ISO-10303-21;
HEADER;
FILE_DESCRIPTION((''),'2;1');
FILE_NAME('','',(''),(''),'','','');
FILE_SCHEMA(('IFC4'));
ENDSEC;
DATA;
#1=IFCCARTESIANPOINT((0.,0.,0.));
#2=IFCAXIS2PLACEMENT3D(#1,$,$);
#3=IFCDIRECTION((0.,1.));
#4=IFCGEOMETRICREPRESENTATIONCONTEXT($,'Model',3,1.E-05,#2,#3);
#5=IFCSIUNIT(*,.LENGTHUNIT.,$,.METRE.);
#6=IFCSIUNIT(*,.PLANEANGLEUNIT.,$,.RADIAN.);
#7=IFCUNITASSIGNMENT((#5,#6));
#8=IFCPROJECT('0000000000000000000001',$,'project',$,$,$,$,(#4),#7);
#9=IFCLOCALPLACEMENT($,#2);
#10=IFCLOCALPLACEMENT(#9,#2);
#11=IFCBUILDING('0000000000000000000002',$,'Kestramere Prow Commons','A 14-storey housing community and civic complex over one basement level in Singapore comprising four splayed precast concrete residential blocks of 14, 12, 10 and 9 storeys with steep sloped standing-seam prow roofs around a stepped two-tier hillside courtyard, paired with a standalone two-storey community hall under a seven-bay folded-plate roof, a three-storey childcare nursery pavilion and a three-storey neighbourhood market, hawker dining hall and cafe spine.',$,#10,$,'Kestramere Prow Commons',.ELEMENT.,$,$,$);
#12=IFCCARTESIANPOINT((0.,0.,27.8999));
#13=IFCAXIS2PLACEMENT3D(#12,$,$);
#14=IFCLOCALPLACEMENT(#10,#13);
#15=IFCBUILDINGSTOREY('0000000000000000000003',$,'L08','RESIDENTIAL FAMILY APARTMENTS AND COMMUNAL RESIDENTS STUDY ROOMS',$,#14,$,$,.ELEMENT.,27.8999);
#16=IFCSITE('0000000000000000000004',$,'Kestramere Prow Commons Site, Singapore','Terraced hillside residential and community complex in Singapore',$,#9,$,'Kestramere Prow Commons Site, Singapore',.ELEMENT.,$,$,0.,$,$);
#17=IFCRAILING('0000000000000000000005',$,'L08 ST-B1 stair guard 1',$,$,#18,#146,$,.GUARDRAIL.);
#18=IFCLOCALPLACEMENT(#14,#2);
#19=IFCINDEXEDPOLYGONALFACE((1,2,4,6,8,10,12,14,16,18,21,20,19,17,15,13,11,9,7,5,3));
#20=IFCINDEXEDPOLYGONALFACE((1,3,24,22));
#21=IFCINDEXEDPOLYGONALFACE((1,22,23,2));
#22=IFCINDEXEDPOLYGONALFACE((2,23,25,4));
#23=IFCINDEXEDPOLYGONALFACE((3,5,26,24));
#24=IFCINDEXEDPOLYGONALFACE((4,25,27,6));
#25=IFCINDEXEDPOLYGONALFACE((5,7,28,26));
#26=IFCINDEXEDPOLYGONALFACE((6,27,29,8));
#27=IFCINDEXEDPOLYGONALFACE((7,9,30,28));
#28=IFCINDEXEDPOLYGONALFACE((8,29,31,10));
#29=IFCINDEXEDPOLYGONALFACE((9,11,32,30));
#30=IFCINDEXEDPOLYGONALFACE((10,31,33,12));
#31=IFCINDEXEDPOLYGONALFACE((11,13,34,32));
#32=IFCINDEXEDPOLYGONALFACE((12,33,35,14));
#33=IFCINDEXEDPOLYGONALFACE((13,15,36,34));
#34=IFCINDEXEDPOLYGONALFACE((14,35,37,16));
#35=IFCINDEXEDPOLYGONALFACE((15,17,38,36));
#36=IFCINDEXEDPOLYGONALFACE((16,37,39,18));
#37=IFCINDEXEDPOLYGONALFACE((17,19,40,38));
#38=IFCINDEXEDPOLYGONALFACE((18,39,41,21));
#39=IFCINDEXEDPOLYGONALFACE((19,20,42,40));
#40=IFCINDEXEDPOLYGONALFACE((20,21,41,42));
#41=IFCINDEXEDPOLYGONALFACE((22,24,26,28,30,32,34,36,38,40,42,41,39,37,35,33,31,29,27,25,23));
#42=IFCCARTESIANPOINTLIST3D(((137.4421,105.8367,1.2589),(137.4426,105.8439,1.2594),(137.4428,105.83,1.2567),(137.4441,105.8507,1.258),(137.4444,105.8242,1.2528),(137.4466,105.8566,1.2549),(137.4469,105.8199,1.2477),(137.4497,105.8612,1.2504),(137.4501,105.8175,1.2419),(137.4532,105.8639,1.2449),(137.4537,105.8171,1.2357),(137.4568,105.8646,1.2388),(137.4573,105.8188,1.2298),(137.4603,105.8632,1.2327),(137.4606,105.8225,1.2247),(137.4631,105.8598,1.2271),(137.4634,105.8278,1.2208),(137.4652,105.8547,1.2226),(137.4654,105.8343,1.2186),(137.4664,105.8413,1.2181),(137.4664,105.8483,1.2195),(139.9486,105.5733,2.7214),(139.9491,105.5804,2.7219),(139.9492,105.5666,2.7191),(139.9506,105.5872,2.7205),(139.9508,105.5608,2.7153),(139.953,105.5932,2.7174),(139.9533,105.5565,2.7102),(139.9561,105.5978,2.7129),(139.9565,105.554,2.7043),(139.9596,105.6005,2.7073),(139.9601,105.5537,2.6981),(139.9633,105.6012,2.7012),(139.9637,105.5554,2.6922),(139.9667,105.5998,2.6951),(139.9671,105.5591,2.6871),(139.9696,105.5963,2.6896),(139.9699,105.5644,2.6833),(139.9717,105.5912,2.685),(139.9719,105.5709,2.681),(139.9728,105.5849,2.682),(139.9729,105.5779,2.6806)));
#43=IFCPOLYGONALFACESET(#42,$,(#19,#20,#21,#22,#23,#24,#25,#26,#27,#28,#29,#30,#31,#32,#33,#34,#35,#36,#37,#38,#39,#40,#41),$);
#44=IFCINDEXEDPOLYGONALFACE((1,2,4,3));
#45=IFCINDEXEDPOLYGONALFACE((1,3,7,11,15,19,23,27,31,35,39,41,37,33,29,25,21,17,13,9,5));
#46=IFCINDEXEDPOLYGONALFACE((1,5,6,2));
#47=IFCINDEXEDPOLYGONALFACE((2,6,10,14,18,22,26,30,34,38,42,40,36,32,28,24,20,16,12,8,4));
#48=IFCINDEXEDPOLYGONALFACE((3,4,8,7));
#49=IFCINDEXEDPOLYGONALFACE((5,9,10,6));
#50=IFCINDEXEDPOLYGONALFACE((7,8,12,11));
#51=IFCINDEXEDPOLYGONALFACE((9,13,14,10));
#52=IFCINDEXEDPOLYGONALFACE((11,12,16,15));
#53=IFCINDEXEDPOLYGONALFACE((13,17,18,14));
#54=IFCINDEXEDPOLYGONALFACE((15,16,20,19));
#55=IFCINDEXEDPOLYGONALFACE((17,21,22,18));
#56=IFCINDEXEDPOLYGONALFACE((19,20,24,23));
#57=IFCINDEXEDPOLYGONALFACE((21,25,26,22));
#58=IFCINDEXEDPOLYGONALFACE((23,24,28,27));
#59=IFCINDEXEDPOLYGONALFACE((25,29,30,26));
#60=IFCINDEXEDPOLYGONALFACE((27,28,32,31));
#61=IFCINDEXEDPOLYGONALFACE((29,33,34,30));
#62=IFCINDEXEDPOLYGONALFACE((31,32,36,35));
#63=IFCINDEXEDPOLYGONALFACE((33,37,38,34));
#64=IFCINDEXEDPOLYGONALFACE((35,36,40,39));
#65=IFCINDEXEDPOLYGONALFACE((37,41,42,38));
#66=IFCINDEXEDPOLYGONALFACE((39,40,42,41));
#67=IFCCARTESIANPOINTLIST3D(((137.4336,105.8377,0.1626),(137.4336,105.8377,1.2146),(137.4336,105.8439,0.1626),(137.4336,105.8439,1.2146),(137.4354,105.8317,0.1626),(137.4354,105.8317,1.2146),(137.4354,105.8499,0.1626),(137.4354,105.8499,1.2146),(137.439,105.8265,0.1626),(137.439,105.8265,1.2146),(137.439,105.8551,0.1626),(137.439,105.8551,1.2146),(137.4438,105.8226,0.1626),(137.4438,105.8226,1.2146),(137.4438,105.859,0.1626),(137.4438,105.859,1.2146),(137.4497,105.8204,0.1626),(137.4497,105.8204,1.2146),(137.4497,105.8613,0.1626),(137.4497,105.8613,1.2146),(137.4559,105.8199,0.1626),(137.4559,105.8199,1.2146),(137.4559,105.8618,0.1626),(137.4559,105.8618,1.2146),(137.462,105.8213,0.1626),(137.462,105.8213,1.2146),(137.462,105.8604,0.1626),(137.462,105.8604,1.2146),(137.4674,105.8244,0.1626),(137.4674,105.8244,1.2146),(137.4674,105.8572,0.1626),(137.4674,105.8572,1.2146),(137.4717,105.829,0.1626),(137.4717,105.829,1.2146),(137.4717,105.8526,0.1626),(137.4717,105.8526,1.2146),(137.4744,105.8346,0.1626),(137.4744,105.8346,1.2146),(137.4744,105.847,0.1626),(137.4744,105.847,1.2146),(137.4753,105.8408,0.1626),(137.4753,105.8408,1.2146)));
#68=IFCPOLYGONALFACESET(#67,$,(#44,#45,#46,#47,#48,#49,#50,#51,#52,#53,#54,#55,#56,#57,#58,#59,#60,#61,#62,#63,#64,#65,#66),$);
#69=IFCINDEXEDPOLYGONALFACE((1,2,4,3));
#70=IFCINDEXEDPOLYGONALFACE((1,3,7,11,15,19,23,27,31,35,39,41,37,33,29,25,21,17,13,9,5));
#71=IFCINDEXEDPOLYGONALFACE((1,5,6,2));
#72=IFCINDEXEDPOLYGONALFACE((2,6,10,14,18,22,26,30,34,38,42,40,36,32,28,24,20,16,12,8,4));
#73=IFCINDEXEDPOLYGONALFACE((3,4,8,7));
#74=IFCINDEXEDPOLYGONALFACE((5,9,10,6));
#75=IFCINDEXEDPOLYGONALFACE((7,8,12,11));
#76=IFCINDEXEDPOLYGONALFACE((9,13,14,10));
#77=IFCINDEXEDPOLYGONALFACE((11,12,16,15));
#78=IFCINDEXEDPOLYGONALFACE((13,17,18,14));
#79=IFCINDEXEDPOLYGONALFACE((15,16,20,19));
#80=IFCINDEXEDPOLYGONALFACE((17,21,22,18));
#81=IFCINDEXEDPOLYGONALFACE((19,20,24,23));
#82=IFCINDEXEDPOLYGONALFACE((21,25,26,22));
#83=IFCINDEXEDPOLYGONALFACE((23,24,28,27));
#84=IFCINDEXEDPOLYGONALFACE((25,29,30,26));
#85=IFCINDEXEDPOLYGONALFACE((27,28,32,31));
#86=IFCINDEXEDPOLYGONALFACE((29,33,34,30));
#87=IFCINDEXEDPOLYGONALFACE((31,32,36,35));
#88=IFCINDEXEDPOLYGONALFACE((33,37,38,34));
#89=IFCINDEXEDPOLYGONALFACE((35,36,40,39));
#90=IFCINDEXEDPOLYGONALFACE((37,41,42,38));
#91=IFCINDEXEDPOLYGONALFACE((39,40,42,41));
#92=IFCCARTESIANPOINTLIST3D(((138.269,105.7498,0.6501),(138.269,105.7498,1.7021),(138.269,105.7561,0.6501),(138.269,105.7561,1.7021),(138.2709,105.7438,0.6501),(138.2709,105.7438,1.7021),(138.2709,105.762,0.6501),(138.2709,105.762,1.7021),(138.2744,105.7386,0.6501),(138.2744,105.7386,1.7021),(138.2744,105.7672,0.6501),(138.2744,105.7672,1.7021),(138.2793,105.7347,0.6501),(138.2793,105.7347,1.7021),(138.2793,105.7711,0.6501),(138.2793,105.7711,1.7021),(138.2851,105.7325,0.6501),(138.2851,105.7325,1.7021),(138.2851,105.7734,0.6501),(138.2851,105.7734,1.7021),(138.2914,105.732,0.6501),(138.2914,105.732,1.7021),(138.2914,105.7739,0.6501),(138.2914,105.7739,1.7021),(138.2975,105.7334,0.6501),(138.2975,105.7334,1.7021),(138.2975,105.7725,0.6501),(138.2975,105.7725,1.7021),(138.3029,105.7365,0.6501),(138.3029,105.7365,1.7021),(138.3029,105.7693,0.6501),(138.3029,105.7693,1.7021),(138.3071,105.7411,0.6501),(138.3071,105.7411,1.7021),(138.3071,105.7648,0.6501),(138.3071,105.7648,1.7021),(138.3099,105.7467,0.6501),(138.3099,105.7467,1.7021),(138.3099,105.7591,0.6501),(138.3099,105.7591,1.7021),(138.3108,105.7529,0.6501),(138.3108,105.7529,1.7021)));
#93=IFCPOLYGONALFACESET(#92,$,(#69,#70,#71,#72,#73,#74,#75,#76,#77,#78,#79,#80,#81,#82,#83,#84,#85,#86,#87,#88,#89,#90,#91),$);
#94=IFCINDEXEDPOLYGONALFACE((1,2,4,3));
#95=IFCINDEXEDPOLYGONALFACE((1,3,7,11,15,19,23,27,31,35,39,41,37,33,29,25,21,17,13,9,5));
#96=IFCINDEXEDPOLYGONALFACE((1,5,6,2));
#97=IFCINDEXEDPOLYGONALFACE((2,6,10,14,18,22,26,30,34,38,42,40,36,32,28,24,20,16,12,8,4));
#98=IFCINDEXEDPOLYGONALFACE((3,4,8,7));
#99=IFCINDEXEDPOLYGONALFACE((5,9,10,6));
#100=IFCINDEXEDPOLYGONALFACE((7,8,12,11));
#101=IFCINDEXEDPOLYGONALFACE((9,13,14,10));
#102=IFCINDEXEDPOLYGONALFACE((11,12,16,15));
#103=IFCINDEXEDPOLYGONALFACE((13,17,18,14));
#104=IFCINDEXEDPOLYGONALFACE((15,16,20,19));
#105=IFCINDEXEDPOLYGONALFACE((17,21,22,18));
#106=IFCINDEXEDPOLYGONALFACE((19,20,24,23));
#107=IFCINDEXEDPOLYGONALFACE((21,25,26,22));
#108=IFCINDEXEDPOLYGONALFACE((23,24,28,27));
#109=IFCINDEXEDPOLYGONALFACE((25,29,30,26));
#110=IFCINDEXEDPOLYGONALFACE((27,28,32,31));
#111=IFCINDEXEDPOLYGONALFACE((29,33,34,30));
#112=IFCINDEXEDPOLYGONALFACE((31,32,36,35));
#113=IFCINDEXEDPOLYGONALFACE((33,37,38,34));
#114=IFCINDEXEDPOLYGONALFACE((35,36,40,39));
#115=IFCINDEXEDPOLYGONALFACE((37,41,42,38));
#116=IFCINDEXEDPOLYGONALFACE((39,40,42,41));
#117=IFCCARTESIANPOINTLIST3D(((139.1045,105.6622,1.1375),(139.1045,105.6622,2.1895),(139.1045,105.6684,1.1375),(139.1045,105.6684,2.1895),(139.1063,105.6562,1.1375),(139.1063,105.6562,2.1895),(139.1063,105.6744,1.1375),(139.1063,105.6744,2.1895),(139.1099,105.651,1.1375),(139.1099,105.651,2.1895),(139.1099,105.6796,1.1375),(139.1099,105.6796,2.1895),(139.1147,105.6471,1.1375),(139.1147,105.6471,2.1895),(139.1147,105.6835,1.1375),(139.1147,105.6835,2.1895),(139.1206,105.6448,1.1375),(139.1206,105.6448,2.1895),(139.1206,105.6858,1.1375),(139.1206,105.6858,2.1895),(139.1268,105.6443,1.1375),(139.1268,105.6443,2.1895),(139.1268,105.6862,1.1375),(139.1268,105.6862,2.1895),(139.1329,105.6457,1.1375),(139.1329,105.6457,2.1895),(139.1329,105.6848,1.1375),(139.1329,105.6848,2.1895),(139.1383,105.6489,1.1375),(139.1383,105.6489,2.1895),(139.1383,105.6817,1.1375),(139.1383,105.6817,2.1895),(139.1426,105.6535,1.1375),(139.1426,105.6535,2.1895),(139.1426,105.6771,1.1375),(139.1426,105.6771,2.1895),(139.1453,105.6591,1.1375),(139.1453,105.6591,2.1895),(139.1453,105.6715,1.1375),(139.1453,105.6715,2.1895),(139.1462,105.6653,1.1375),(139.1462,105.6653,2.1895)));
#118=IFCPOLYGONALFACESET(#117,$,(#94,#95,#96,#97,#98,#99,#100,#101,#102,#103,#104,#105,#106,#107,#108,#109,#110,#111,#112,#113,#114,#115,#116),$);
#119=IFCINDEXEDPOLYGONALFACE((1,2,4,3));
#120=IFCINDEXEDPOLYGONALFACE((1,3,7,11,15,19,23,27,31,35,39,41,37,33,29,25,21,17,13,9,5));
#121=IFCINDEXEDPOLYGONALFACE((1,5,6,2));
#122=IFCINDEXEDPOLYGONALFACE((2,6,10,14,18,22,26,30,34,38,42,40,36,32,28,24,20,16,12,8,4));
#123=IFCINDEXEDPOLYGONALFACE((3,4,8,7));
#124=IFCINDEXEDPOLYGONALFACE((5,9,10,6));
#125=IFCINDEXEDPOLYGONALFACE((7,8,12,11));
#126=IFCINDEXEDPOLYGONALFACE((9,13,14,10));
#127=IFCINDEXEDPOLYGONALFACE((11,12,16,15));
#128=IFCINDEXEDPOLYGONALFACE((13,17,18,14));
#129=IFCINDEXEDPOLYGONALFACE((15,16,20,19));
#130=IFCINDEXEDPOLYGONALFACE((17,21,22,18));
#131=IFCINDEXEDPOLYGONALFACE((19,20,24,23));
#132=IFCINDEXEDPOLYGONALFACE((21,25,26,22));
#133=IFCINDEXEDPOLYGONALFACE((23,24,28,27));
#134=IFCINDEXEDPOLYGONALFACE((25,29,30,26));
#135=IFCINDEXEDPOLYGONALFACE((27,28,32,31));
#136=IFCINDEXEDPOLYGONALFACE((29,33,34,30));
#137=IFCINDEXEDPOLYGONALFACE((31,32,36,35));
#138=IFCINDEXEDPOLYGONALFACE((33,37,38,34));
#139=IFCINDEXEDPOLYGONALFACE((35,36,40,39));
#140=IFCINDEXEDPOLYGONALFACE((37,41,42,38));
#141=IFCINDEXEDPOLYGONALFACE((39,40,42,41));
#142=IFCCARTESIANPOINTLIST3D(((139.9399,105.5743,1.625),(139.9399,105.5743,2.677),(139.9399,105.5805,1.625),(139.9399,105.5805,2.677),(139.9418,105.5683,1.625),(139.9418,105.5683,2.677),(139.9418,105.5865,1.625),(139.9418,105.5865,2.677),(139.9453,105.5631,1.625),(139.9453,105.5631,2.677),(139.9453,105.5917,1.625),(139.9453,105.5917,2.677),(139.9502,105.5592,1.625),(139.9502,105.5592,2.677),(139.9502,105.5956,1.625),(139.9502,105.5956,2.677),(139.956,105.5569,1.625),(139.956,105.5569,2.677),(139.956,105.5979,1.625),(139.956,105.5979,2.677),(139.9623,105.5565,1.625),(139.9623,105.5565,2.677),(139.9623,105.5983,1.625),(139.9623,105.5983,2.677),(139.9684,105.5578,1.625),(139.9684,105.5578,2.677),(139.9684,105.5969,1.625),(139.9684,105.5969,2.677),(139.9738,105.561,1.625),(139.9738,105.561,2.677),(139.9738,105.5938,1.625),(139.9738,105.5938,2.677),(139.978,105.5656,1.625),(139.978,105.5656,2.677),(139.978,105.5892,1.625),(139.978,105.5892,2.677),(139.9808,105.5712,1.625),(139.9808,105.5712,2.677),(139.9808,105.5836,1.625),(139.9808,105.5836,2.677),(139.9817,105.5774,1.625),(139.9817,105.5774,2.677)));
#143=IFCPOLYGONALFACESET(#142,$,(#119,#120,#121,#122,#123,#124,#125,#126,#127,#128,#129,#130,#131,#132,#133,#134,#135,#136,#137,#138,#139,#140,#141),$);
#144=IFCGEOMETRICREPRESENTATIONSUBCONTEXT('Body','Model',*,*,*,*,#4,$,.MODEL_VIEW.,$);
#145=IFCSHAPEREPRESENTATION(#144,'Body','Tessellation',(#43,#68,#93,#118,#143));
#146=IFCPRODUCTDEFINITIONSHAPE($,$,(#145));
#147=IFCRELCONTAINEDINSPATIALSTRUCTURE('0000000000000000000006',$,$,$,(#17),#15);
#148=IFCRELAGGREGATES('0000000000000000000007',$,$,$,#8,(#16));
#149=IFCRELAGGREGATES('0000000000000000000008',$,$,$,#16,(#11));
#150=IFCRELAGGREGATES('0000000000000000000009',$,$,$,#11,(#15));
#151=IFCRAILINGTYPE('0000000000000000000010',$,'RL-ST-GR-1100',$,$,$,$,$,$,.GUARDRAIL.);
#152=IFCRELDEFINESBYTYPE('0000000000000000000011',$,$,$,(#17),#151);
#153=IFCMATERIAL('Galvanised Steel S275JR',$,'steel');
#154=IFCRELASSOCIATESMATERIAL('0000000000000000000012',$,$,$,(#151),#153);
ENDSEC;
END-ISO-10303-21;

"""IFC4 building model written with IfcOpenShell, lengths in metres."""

from ifc_helpers import new_model, si_unit, direction, frame, origin, origin_2d, place, context, subcontext, project, spatial, circle, extrude, material, type_object, element, save


model = new_model("IFC4")

# Units and contexts
model_context = context("Model", 3, precision=1e-05, world=origin(), true_north=direction((0.0, 1.0)))
body_context = subcontext(model_context, "Body", "Model", "MODEL_VIEW")
ifc_project = project(units=[si_unit("LENGTHUNIT", "METRE"), si_unit("PLANEANGLEUNIT", "RADIAN")], contexts=[model_context])

# Site, building, storey
site_placement = place(None, origin())
site = spatial("IfcSite", under=ifc_project, at=site_placement, Name="Kestramere Prow Commons Site, Singapore", Description="Terraced hillside residential and community complex in Singapore", LongName="Kestramere Prow Commons Site, Singapore", CompositionType="ELEMENT", RefElevation=0.0)
building_placement = place(site_placement, origin())
building = spatial("IfcBuilding", under=site, at=building_placement, Name="Kestramere Prow Commons", Description="A 14-storey housing community and civic complex over one basement level in Singapore comprising four splayed precast concrete residential blocks of 14, 12, 10 and 9 storeys with steep sloped standing-seam prow roofs around a stepped two-tier hillside courtyard, paired with a standalone two-storey community hall under a seven-bay folded-plate roof, a three-storey childcare nursery pavilion and a three-storey neighbourhood market, hawker dining hall and cafe spine.", LongName="Kestramere Prow Commons", CompositionType="ELEMENT")
storey_placement = place(building_placement, frame((0.0, 0.0, 27.8999)))
storey = spatial("IfcBuildingStorey", under=building, at=storey_placement, Name="L08", Description="RESIDENTIAL FAMILY APARTMENTS AND COMMUNAL RESIDENTS STUDY ROOMS", CompositionType="ELEMENT", Elevation=27.8999)

# Railing
ifc_material_1 = material(Name="Galvanised Steel S275JR", Category="steel")
railing_type_1 = type_object("IfcRailingType", Name="RL-ST-GR-1100", PredefinedType="GUARDRAIL", material=ifc_material_1)
railing_1_placement = place(storey_placement, frame((137.4543, 105.8408, 0.1626)))
element("IfcRailing", 1, at=railing_1_placement, inside=storey, type_object=railing_type_1, Name="L08 ST-B1 stair guard 1", PredefinedType="GUARDRAIL", context=body_context, shape_type="SweptSolid", body=[
    extrude(circle(Radius=0.0239, at=origin_2d()), frame((0.0, 0.0, 1.0762), z_axis=(0.860187, -0.090409, 0.501901), x_axis=(0.104528, 0.994522, 0.0)), (0.0, 0.0, 1.0), 2.9138),
    extrude(circle(Radius=0.021, at=origin_2d()), origin(), (0.0, 0.0, 1.0), 1.052),
    extrude(circle(Radius=0.021, at=origin_2d()), frame((0.8354, -0.0879, 0.4875)), (0.0, 0.0, 1.0), 1.052),
    extrude(circle(Radius=0.021, at=origin_2d()), frame((1.6709, -0.1755, 0.9749)), (0.0, 0.0, 1.0), 1.052),
    extrude(circle(Radius=0.021, at=origin_2d()), frame((2.5063, -0.2634, 1.4624)), (0.0, 0.0, 1.0), 1.052),
])

save(model, "model.ifc")
